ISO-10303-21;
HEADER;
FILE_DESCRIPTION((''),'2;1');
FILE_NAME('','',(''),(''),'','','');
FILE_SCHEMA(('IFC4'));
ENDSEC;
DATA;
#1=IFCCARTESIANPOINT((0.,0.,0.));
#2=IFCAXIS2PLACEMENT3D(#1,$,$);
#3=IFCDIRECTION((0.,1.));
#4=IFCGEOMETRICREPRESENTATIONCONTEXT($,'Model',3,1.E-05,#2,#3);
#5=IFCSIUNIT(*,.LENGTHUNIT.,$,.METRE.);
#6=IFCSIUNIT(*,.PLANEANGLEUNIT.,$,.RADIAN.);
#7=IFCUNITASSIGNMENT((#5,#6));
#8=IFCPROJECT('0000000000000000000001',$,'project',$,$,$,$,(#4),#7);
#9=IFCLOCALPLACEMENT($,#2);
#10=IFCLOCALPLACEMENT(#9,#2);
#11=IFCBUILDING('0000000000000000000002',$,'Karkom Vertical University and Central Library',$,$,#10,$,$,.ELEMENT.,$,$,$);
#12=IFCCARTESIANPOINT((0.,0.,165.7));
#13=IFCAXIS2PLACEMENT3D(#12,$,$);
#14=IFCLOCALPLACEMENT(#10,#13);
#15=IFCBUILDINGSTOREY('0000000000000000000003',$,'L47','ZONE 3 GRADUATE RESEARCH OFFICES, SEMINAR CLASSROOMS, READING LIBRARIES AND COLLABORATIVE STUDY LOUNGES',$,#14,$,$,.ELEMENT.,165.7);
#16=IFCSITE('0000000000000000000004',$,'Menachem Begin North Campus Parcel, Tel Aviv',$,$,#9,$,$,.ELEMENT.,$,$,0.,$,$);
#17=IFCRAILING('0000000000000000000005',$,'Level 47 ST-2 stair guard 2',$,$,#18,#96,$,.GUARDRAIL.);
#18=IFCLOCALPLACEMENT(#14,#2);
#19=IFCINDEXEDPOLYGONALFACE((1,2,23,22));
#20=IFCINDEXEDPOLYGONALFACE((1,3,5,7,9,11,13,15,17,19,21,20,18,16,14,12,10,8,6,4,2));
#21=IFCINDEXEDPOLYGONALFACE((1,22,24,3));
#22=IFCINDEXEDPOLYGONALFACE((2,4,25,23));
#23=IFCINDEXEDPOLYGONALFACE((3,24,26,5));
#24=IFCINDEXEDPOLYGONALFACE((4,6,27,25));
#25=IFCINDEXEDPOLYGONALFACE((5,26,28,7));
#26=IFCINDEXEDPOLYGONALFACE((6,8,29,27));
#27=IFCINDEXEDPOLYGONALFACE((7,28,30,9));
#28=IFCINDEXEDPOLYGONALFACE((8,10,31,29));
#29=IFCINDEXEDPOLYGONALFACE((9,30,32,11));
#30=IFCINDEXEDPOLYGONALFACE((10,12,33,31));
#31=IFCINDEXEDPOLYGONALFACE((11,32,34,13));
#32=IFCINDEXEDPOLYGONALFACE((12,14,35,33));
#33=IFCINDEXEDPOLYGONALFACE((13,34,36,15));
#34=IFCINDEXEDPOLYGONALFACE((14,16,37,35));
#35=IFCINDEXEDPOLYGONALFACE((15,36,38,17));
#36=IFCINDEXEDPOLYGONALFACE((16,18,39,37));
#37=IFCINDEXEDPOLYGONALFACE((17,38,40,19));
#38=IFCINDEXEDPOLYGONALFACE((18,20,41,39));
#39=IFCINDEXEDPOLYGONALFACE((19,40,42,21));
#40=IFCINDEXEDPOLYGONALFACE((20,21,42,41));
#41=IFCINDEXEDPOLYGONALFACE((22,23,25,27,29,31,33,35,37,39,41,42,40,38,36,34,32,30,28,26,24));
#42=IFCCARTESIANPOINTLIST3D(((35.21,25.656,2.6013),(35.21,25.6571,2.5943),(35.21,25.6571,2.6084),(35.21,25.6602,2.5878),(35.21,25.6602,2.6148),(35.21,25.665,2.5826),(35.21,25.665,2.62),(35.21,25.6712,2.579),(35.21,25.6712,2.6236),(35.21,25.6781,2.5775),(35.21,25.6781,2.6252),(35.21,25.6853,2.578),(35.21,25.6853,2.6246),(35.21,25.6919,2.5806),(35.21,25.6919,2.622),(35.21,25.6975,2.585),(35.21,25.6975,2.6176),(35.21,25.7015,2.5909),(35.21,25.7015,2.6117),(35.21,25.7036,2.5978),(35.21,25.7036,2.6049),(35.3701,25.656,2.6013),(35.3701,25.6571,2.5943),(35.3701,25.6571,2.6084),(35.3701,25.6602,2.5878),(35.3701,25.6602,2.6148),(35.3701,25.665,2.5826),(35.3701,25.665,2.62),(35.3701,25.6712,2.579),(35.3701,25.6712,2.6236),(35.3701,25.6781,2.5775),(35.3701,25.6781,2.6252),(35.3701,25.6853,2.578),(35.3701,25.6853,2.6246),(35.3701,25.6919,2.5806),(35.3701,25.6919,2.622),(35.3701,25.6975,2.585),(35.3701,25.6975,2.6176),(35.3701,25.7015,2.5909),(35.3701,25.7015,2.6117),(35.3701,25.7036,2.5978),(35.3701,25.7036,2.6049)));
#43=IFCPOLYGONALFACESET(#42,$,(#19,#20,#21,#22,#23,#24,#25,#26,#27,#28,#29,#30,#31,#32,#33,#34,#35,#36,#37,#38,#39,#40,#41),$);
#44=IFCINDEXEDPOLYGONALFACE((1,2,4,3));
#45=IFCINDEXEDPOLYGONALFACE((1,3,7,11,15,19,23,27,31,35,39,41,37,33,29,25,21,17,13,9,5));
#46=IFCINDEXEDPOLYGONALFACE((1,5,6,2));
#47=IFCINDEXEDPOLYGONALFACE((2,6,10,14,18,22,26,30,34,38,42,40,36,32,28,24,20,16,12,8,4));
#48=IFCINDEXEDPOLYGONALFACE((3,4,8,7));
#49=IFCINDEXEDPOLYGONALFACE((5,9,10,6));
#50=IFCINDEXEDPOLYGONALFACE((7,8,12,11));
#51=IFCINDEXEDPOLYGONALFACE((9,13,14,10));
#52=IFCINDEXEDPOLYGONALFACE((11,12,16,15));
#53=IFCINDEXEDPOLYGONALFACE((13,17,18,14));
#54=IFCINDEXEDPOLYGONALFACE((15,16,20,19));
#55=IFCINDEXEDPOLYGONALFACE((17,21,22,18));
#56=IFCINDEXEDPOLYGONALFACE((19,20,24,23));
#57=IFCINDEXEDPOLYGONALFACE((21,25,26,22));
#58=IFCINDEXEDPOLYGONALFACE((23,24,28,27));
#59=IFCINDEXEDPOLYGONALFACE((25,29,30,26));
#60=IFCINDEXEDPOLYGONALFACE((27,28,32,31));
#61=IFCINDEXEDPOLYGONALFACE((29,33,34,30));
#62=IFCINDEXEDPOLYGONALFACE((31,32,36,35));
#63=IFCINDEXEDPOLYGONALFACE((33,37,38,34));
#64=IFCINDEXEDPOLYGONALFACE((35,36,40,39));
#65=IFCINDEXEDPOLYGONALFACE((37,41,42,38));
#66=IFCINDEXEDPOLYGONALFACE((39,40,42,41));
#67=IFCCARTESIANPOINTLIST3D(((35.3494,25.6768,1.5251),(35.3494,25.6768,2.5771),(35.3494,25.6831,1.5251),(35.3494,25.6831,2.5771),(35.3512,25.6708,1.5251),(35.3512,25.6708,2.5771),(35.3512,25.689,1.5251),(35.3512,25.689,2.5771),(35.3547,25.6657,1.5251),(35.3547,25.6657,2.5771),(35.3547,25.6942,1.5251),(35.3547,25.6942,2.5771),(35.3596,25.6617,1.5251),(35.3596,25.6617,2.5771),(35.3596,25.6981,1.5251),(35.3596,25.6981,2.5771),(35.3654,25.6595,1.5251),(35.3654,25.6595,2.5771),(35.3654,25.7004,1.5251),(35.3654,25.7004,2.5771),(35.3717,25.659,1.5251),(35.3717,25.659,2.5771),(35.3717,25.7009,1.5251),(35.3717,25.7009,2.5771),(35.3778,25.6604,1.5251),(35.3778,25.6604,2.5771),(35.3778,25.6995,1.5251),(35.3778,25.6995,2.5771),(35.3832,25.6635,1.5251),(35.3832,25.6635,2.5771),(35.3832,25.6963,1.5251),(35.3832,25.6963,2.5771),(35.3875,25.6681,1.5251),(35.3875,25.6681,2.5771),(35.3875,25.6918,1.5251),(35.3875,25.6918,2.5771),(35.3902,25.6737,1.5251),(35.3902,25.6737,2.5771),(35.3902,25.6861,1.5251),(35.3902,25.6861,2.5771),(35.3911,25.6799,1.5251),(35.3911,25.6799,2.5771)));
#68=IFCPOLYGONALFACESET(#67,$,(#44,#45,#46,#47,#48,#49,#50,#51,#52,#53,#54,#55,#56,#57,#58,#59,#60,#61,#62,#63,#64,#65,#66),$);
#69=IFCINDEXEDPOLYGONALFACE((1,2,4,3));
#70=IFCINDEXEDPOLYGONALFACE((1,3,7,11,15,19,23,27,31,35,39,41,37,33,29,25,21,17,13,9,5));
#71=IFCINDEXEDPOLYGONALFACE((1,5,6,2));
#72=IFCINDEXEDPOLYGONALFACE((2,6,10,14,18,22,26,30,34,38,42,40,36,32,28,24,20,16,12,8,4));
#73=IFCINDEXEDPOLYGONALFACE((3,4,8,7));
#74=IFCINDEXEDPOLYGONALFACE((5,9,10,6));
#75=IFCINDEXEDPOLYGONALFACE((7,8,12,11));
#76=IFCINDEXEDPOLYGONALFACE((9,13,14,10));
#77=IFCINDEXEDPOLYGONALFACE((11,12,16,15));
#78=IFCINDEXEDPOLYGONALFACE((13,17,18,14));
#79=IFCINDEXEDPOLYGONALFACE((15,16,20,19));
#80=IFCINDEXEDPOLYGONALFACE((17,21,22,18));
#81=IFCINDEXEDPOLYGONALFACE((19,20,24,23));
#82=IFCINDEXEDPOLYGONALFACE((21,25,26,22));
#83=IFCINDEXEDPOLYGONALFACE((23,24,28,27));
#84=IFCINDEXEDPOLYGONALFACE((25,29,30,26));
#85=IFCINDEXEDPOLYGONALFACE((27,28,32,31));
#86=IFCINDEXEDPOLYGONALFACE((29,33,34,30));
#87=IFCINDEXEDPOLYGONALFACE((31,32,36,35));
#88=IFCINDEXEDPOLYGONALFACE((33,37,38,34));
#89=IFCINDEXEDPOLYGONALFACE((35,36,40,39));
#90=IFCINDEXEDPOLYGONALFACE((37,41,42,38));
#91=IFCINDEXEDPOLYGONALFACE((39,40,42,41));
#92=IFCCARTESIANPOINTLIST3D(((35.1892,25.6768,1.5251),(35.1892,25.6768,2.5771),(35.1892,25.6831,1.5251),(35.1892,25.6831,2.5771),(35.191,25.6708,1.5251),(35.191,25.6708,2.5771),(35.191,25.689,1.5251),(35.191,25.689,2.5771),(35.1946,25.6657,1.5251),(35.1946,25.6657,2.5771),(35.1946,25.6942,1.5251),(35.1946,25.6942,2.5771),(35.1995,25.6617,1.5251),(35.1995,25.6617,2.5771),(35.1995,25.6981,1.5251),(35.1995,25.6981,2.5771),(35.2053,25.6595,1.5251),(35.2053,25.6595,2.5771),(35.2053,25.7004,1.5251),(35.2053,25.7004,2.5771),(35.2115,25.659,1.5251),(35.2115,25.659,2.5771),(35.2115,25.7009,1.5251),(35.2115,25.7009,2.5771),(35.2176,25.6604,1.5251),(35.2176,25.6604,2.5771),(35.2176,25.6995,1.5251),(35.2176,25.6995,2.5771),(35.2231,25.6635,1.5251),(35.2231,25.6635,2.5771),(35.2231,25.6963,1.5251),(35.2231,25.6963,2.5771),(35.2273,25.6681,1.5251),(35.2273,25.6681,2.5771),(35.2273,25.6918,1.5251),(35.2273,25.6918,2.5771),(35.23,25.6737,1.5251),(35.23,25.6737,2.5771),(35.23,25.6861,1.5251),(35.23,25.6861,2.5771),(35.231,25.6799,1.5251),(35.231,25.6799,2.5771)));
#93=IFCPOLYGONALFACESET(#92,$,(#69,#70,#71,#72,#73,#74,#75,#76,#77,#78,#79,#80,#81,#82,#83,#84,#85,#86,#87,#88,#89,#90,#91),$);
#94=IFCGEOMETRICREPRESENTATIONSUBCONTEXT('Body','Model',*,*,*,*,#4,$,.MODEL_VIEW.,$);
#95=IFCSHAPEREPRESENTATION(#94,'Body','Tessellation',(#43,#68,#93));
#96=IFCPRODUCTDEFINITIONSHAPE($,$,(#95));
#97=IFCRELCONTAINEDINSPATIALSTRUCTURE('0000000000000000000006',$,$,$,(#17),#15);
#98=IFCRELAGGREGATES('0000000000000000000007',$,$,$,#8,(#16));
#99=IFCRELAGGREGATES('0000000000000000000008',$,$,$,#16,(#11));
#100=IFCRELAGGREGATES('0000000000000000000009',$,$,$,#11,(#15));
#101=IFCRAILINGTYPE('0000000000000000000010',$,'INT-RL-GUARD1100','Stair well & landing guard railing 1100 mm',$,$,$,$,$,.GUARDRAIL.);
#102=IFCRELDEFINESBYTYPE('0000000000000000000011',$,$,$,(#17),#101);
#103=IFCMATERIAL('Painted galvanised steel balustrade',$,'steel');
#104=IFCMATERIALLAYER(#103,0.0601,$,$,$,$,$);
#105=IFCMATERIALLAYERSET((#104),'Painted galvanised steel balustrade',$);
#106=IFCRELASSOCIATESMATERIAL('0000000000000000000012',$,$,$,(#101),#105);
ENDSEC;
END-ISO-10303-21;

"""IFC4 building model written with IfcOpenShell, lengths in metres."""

from ifc_helpers import new_model, si_unit, direction, frame, origin, origin_2d, place, context, subcontext, project, spatial, circle, extrude, material, layer, layer_set, type_object, element, save


model = new_model("IFC4")

# Units and contexts
model_context = context("Model", 3, precision=1e-05, world=origin(), true_north=direction((0.0, 1.0)))
body_context = subcontext(model_context, "Body", "Model", "MODEL_VIEW")
ifc_project = project(units=[si_unit("LENGTHUNIT", "METRE"), si_unit("PLANEANGLEUNIT", "RADIAN")], contexts=[model_context])

# Site, building, storey
site_placement = place(None, origin())
site = spatial("IfcSite", under=ifc_project, at=site_placement, Name="Menachem Begin North Campus Parcel, Tel Aviv", CompositionType="ELEMENT", RefElevation=0.0)
building_placement = place(site_placement, origin())
building = spatial("IfcBuilding", under=site, at=building_placement, Name="Karkom Vertical University and Central Library", CompositionType="ELEMENT")
storey_placement = place(building_placement, frame((0.0, 0.0, 165.7)))
storey = spatial("IfcBuildingStorey", under=building, at=storey_placement, Name="L47", Description="ZONE 3 GRADUATE RESEARCH OFFICES, SEMINAR CLASSROOMS, READING LIBRARIES AND COLLABORATIVE STUDY LOUNGES", CompositionType="ELEMENT", Elevation=165.7)

# Railing
ifc_material_1 = material(Name="Painted galvanised steel balustrade", Category="steel")
ifc_layer_1 = layer(ifc_material_1, 0.0601)
ifc_layer_set_1 = layer_set([ifc_layer_1], Name="Painted galvanised steel balustrade")
railing_type_1 = type_object("IfcRailingType", Name="INT-RL-GUARD1100", Description="Stair well & landing guard railing 1100 mm", PredefinedType="GUARDRAIL", material=ifc_layer_set_1)
railing_1_placement = place(storey_placement, frame((35.3701, 25.6799, 1.5251)))
element("IfcRailing", 1, at=railing_1_placement, inside=storey, type_object=railing_type_1, Name="Level 47 ST-2 stair guard 2", PredefinedType="GUARDRAIL", context=body_context, shape_type="SweptSolid", body=[
    extrude(circle(Radius=0.0239, at=origin_2d()), frame((0.0, 0.0, 1.0762), z_axis=(-1.0, 0.0, 0.0), x_axis=(0.0, -1.0, 0.0)), (0.0, 0.0, 1.0), 0.1602),
    extrude(circle(Radius=0.021, at=origin_2d()), origin(), (0.0, 0.0, 1.0), 1.052),
    extrude(circle(Radius=0.021, at=origin_2d()), frame((-0.1602, 0.0, 0.0)), (0.0, 0.0, 1.0), 1.052),
])

save(model, "model.ifc")
